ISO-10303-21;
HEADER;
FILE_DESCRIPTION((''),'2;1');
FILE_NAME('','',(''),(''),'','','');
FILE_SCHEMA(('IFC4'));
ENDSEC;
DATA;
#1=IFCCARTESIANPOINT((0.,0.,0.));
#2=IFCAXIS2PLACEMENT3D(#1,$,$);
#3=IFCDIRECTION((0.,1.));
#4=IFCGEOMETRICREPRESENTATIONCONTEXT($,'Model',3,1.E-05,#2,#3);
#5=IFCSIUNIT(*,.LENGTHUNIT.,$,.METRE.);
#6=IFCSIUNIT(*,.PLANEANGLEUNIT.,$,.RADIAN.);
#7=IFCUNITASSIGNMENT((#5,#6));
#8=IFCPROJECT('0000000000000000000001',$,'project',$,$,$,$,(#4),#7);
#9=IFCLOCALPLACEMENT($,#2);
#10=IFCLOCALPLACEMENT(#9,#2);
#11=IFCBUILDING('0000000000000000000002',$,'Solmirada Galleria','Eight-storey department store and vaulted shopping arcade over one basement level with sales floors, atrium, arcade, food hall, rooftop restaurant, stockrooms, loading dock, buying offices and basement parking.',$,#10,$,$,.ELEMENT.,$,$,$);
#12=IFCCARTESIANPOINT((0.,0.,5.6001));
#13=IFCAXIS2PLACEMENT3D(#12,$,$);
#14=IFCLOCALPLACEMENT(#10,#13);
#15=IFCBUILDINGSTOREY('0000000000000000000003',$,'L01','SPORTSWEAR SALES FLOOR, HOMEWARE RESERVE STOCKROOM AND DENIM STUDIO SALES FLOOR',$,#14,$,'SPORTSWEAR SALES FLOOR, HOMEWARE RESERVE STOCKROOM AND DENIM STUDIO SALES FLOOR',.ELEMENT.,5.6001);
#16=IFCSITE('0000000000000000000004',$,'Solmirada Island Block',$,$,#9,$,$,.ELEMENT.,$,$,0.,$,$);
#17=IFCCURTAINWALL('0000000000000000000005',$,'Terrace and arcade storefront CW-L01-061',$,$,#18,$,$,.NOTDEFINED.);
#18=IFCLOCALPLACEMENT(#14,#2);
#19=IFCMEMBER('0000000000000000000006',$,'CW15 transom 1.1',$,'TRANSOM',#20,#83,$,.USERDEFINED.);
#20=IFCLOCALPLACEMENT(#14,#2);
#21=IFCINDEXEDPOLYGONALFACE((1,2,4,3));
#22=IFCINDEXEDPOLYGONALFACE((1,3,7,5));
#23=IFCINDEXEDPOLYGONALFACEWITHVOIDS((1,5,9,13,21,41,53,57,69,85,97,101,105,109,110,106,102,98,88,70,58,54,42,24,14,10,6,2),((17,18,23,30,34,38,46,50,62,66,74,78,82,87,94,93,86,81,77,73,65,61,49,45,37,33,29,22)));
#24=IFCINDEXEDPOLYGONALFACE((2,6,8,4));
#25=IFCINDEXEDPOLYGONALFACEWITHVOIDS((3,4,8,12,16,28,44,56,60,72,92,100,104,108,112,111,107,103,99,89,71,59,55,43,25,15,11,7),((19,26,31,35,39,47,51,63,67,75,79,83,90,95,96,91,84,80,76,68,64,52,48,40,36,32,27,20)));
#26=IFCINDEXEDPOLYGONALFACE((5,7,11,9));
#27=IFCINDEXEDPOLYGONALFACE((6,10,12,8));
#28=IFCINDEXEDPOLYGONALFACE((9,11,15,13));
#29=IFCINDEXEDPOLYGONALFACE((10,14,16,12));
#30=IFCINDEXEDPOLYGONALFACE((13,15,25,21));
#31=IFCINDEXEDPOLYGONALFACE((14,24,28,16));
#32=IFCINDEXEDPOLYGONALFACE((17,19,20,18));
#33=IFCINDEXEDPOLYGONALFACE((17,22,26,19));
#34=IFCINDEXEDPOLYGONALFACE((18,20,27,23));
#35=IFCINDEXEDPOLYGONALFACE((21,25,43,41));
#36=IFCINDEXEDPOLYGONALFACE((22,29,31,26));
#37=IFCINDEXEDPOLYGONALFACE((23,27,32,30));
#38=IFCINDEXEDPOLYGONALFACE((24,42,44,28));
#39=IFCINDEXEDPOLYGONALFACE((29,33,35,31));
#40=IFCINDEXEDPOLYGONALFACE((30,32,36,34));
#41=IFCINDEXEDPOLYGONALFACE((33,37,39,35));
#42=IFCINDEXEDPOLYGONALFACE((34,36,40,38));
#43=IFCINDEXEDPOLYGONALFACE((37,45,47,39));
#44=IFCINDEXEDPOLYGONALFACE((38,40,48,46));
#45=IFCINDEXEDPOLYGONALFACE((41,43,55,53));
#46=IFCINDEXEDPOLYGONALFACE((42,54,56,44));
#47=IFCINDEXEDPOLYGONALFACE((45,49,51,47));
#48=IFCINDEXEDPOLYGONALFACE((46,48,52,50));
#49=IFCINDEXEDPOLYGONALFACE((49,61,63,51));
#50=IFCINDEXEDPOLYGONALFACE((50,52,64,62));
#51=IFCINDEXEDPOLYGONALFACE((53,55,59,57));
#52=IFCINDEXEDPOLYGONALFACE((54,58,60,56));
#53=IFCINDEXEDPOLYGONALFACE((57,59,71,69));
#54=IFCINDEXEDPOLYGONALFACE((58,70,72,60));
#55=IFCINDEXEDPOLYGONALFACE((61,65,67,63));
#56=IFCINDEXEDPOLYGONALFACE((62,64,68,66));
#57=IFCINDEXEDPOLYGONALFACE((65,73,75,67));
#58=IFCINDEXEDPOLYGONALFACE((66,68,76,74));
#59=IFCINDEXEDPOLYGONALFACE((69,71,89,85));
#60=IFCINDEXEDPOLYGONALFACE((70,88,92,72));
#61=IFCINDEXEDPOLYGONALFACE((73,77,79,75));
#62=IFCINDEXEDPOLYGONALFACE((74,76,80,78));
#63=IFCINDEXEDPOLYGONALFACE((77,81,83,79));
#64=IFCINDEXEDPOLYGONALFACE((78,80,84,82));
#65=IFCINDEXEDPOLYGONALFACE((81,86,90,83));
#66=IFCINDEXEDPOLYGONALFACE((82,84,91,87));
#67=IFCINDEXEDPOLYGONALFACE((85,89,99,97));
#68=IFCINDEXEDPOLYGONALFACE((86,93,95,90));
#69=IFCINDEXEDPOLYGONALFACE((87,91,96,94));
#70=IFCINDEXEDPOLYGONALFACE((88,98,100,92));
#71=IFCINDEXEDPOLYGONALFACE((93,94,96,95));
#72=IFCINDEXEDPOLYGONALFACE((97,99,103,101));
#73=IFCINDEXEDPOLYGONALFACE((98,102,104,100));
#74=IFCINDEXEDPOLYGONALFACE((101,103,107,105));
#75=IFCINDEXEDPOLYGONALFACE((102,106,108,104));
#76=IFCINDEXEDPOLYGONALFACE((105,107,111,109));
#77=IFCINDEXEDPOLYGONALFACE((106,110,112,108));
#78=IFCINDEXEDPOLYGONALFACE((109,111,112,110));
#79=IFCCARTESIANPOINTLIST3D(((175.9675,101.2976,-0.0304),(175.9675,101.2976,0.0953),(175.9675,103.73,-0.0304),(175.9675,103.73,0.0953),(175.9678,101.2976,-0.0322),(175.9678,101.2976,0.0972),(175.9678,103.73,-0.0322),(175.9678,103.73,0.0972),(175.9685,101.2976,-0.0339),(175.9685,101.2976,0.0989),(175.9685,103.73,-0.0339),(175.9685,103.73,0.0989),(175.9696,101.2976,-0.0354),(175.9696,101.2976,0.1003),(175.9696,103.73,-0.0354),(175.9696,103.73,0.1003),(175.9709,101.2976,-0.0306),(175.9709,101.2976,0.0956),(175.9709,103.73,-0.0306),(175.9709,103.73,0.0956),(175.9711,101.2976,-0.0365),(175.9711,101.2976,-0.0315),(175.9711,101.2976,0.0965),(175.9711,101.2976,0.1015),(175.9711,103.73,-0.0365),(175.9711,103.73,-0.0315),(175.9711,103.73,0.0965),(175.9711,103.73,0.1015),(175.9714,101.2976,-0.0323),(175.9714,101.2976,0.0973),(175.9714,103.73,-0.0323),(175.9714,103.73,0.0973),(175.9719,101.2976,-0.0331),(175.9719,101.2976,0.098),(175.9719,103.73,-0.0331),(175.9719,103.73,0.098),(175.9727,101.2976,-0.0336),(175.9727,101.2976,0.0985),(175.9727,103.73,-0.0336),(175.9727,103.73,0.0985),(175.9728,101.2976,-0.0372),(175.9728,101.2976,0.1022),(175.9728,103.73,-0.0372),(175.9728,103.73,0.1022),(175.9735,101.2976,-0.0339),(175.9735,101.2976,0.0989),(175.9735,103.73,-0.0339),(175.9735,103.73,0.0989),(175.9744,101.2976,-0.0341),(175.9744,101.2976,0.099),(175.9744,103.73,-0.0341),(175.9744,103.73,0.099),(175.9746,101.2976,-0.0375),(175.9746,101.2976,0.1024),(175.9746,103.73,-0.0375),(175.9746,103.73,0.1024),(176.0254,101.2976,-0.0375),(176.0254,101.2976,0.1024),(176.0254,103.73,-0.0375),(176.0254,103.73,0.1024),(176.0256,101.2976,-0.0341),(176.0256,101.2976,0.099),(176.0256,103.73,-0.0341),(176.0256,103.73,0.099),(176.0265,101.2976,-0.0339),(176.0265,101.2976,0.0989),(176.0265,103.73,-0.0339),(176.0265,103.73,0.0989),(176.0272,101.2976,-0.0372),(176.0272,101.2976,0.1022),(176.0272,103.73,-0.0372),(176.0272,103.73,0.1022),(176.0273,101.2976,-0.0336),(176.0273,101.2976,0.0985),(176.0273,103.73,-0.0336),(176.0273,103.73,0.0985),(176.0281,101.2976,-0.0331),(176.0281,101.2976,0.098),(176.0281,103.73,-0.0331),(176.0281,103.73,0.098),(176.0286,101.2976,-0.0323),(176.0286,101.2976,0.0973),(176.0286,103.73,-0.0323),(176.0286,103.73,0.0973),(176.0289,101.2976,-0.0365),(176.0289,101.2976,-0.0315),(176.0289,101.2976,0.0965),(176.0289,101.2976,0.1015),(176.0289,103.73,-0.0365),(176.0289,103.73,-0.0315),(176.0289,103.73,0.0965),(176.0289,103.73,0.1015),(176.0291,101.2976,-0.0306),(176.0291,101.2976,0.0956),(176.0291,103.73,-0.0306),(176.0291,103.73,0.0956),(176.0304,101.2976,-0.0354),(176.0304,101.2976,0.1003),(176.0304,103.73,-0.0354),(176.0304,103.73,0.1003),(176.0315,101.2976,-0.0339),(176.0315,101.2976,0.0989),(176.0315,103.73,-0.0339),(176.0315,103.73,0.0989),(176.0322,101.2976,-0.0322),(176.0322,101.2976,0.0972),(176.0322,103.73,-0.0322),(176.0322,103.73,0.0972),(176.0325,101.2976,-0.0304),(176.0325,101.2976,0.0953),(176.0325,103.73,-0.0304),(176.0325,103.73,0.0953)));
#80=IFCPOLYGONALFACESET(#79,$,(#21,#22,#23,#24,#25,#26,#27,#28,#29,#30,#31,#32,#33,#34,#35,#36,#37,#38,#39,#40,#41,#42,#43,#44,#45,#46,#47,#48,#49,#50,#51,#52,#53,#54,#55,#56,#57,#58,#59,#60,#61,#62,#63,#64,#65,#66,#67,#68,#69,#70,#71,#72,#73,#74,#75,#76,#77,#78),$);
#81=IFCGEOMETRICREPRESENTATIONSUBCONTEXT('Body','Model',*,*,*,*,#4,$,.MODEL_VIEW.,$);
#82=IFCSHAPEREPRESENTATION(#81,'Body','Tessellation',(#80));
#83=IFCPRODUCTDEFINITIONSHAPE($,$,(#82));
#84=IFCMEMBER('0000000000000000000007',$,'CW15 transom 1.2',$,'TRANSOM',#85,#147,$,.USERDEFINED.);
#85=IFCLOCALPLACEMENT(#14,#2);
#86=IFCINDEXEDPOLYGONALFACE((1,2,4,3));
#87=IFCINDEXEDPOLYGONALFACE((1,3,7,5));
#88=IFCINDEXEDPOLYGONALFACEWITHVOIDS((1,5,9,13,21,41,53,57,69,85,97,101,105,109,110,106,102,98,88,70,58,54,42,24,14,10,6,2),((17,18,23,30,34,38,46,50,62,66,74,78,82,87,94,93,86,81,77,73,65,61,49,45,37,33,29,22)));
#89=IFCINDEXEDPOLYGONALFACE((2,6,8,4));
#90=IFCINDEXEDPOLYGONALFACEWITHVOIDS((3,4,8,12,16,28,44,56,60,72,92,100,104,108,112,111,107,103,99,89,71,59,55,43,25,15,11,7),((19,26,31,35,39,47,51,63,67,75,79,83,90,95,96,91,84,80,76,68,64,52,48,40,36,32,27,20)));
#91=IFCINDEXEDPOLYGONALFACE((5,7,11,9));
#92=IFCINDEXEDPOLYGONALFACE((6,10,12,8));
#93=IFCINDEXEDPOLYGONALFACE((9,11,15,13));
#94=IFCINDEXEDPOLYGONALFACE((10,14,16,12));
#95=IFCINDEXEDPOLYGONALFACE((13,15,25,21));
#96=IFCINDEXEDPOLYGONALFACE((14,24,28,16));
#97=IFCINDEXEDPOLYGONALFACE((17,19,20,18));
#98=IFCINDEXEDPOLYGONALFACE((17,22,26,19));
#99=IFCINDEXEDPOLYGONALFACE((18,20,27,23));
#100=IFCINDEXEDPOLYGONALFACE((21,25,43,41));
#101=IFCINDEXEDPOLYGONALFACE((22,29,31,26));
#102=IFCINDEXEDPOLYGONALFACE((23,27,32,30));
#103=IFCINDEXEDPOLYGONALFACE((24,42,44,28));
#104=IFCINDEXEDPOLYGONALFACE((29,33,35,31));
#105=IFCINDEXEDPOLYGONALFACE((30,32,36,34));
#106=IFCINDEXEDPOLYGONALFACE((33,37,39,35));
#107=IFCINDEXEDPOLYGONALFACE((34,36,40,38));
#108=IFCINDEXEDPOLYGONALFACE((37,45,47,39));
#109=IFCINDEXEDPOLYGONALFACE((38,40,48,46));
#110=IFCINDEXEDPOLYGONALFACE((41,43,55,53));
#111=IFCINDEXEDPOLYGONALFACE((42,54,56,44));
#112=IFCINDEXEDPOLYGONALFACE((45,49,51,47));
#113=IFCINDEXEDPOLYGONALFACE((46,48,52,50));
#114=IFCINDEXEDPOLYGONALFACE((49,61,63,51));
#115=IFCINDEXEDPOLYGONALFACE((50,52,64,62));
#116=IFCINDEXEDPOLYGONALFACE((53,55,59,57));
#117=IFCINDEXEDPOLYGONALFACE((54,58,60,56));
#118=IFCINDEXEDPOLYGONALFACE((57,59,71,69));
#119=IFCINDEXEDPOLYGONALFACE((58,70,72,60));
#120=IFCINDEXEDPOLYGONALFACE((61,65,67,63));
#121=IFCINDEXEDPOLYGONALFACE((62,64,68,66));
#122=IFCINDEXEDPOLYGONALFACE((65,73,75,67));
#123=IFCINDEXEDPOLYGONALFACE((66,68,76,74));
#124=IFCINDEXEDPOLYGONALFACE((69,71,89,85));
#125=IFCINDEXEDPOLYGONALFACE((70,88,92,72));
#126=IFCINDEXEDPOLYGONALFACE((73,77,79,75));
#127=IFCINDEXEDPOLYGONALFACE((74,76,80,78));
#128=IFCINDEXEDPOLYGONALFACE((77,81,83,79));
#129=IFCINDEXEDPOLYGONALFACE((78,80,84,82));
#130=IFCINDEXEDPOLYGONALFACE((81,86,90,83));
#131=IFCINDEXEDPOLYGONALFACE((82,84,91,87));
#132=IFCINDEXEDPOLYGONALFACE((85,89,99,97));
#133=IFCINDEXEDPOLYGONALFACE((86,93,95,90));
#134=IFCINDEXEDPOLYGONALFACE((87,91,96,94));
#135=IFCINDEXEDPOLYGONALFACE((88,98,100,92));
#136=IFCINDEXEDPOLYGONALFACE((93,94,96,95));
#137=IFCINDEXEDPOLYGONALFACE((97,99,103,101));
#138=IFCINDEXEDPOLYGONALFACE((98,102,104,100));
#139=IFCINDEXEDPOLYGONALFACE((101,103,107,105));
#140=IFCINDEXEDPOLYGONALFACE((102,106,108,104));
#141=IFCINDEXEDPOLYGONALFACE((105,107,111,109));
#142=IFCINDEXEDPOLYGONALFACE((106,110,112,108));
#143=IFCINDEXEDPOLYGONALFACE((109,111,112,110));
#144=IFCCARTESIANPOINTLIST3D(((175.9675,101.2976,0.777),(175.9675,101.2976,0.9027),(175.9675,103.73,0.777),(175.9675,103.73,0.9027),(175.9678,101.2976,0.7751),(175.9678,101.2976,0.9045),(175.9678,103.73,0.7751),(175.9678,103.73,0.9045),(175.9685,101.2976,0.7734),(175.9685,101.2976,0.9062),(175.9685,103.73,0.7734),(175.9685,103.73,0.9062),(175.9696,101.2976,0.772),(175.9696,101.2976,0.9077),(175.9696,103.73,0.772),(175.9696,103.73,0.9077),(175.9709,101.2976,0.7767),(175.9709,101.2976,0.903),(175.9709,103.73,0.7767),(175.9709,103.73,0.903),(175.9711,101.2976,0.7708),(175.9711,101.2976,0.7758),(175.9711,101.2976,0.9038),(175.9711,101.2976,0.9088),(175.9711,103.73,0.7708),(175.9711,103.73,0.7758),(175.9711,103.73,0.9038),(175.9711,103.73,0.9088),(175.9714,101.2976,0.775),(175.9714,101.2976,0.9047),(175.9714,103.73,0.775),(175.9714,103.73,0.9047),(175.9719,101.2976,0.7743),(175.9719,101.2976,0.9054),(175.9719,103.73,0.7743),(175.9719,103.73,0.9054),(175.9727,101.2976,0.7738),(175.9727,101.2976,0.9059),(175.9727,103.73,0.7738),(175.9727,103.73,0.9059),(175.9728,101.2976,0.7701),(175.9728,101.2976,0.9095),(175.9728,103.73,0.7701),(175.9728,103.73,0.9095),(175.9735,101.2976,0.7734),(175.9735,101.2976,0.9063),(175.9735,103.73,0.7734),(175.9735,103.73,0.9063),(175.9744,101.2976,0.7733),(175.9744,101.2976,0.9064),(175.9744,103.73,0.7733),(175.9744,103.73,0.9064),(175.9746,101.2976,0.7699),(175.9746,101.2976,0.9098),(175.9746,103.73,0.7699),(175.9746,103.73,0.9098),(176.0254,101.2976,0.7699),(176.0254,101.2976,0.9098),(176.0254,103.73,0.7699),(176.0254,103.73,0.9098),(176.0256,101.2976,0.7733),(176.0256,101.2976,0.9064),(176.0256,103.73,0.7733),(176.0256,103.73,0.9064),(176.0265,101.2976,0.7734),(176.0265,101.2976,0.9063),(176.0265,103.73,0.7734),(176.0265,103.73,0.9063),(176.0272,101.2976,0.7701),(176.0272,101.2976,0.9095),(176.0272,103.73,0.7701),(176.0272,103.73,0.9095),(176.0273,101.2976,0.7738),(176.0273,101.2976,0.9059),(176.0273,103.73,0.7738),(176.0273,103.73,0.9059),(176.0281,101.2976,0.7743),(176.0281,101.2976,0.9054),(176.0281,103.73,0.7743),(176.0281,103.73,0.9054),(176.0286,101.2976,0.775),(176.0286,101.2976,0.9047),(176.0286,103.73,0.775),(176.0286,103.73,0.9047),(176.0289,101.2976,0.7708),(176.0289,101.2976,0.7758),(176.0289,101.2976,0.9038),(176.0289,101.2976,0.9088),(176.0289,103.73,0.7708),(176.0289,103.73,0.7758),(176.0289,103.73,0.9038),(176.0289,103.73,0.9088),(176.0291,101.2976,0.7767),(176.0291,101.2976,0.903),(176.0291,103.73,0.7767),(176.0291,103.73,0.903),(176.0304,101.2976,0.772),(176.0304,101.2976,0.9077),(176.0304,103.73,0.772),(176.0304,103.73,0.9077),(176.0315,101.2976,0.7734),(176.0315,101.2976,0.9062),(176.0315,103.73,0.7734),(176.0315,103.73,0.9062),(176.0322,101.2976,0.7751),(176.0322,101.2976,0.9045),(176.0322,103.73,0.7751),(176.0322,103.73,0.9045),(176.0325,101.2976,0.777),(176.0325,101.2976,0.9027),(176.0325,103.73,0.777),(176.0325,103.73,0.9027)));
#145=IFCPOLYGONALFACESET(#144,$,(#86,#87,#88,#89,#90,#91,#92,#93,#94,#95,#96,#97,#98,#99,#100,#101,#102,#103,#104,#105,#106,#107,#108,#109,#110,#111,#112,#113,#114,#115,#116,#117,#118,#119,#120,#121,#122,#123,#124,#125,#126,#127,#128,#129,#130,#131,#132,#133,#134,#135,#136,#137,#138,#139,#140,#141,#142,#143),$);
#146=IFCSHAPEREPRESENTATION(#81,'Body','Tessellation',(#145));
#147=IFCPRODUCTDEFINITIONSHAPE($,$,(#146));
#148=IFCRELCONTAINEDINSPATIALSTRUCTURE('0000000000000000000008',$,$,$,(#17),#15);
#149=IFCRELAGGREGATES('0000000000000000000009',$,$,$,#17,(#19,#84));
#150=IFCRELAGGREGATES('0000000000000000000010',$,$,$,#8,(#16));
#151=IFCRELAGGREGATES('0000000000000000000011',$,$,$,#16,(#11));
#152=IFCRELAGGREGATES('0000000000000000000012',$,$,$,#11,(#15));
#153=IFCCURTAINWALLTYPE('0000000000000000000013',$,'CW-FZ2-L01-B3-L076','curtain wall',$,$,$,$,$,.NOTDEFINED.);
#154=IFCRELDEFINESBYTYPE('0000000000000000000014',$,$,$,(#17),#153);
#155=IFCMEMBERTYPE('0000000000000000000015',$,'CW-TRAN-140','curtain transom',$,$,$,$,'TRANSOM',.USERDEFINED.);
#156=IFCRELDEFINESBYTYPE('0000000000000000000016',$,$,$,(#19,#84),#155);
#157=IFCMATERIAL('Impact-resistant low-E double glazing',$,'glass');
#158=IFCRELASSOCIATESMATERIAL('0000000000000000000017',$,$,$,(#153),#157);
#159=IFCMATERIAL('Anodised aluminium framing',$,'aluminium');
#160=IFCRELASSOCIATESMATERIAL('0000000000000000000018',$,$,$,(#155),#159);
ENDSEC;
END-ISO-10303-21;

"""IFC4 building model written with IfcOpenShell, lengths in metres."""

from ifc_helpers import new_model, si_unit, direction, frame, origin, origin_2d, place, context, subcontext, project, spatial, hollow_rectangle, extrude, material, material_profile, profile_set, type_object, element, aggregate, save


model = new_model("IFC4")

# Units and contexts
model_context = context("Model", 3, precision=1e-05, world=origin(), true_north=direction((0.0, 1.0)))
body_context = subcontext(model_context, "Body", "Model", "MODEL_VIEW")
ifc_project = project(units=[si_unit("LENGTHUNIT", "METRE"), si_unit("PLANEANGLEUNIT", "RADIAN")], contexts=[model_context])

# Site, building, storey
site_placement = place(None, origin())
site = spatial("IfcSite", under=ifc_project, at=site_placement, Name="Solmirada Island Block", CompositionType="ELEMENT", RefElevation=0.0)
building_placement = place(site_placement, origin())
building = spatial("IfcBuilding", under=site, at=building_placement, Name="Solmirada Galleria", Description="Eight-storey department store and vaulted shopping arcade over one basement level with sales floors, atrium, arcade, food hall, rooftop restaurant, stockrooms, loading dock, buying offices and basement parking.", CompositionType="ELEMENT")
storey_placement = place(building_placement, frame((0.0, 0.0, 5.6001)))
storey = spatial("IfcBuildingStorey", under=building, at=storey_placement, Name="L01", Description="SPORTSWEAR SALES FLOOR, HOMEWARE RESERVE STOCKROOM AND DENIM STUDIO SALES FLOOR", LongName="SPORTSWEAR SALES FLOOR, HOMEWARE RESERVE STOCKROOM AND DENIM STUDIO SALES FLOOR", CompositionType="ELEMENT", Elevation=5.6001)

# Curtain wall, members
ifc_material_1 = material(Name="Impact-resistant low-E double glazing", Category="glass")
curtain_wall_type = type_object("IfcCurtainWallType", Name="CW-FZ2-L01-B3-L076", Description="curtain wall", PredefinedType="NOTDEFINED", material=ifc_material_1)
curtain_wall_placement = place(storey_placement, origin())
curtain_wall = element("IfcCurtainWall", 1, at=curtain_wall_placement, inside=storey, type_object=curtain_wall_type, Name="Terrace and arcade storefront CW-L01-061", PredefinedType="NOTDEFINED")
ifc_material_2 = material(Name="Anodised aluminium framing", Category="aluminium")
ifc_material_profile_1 = material_profile(ifc_material_2, hollow_rectangle(XDim=0.0649, YDim=0.1399, WallThickness=0.0034, InnerFilletRadius=0.0034, OuterFilletRadius=0.0071, at=origin_2d()), Name="ALU-TRAN-140X65")
ifc_profile_set_1 = profile_set([ifc_material_profile_1], Name="Anodised aluminium framing")
member_type_1 = type_object("IfcMemberType", Name="CW-TRAN-140", Description="curtain transom", ElementType="TRANSOM", PredefinedType="USERDEFINED", material=ifc_profile_set_1)
member_1_placement = place(storey_placement, frame((176.0, 103.73, 0.0325), z_axis=(0.0, -1.0, 0.0), x_axis=(1.0, 0.0, 0.0)))
member_1 = element("IfcMember", 2, at=member_1_placement, type_object=member_type_1, Name="CW15 transom 1.1", ObjectType="TRANSOM", PredefinedType="USERDEFINED", context=body_context, shape_type="SweptSolid", body=[
    extrude(hollow_rectangle(XDim=0.0649, YDim=0.1399, WallThickness=0.0034, InnerFilletRadius=0.0034, OuterFilletRadius=0.0071, at=origin_2d()), origin(), (0.0, 0.0, 1.0), 2.4324),
])
member_2_placement = place(storey_placement, frame((176.0, 103.73, 0.8398), z_axis=(0.0, -1.0, 0.0), x_axis=(1.0, 0.0, 0.0)))
member_2 = element("IfcMember", 3, at=member_2_placement, type_object=member_type_1, Name="CW15 transom 1.2", ObjectType="TRANSOM", PredefinedType="USERDEFINED", context=body_context, shape_type="SweptSolid", body=[
    extrude(hollow_rectangle(XDim=0.0649, YDim=0.1399, WallThickness=0.0034, InnerFilletRadius=0.0034, OuterFilletRadius=0.0071, at=origin_2d()), origin(), (0.0, 0.0, 1.0), 2.4324),
])
aggregate(curtain_wall, [member_1, member_2])

save(model, "model.ifc")
